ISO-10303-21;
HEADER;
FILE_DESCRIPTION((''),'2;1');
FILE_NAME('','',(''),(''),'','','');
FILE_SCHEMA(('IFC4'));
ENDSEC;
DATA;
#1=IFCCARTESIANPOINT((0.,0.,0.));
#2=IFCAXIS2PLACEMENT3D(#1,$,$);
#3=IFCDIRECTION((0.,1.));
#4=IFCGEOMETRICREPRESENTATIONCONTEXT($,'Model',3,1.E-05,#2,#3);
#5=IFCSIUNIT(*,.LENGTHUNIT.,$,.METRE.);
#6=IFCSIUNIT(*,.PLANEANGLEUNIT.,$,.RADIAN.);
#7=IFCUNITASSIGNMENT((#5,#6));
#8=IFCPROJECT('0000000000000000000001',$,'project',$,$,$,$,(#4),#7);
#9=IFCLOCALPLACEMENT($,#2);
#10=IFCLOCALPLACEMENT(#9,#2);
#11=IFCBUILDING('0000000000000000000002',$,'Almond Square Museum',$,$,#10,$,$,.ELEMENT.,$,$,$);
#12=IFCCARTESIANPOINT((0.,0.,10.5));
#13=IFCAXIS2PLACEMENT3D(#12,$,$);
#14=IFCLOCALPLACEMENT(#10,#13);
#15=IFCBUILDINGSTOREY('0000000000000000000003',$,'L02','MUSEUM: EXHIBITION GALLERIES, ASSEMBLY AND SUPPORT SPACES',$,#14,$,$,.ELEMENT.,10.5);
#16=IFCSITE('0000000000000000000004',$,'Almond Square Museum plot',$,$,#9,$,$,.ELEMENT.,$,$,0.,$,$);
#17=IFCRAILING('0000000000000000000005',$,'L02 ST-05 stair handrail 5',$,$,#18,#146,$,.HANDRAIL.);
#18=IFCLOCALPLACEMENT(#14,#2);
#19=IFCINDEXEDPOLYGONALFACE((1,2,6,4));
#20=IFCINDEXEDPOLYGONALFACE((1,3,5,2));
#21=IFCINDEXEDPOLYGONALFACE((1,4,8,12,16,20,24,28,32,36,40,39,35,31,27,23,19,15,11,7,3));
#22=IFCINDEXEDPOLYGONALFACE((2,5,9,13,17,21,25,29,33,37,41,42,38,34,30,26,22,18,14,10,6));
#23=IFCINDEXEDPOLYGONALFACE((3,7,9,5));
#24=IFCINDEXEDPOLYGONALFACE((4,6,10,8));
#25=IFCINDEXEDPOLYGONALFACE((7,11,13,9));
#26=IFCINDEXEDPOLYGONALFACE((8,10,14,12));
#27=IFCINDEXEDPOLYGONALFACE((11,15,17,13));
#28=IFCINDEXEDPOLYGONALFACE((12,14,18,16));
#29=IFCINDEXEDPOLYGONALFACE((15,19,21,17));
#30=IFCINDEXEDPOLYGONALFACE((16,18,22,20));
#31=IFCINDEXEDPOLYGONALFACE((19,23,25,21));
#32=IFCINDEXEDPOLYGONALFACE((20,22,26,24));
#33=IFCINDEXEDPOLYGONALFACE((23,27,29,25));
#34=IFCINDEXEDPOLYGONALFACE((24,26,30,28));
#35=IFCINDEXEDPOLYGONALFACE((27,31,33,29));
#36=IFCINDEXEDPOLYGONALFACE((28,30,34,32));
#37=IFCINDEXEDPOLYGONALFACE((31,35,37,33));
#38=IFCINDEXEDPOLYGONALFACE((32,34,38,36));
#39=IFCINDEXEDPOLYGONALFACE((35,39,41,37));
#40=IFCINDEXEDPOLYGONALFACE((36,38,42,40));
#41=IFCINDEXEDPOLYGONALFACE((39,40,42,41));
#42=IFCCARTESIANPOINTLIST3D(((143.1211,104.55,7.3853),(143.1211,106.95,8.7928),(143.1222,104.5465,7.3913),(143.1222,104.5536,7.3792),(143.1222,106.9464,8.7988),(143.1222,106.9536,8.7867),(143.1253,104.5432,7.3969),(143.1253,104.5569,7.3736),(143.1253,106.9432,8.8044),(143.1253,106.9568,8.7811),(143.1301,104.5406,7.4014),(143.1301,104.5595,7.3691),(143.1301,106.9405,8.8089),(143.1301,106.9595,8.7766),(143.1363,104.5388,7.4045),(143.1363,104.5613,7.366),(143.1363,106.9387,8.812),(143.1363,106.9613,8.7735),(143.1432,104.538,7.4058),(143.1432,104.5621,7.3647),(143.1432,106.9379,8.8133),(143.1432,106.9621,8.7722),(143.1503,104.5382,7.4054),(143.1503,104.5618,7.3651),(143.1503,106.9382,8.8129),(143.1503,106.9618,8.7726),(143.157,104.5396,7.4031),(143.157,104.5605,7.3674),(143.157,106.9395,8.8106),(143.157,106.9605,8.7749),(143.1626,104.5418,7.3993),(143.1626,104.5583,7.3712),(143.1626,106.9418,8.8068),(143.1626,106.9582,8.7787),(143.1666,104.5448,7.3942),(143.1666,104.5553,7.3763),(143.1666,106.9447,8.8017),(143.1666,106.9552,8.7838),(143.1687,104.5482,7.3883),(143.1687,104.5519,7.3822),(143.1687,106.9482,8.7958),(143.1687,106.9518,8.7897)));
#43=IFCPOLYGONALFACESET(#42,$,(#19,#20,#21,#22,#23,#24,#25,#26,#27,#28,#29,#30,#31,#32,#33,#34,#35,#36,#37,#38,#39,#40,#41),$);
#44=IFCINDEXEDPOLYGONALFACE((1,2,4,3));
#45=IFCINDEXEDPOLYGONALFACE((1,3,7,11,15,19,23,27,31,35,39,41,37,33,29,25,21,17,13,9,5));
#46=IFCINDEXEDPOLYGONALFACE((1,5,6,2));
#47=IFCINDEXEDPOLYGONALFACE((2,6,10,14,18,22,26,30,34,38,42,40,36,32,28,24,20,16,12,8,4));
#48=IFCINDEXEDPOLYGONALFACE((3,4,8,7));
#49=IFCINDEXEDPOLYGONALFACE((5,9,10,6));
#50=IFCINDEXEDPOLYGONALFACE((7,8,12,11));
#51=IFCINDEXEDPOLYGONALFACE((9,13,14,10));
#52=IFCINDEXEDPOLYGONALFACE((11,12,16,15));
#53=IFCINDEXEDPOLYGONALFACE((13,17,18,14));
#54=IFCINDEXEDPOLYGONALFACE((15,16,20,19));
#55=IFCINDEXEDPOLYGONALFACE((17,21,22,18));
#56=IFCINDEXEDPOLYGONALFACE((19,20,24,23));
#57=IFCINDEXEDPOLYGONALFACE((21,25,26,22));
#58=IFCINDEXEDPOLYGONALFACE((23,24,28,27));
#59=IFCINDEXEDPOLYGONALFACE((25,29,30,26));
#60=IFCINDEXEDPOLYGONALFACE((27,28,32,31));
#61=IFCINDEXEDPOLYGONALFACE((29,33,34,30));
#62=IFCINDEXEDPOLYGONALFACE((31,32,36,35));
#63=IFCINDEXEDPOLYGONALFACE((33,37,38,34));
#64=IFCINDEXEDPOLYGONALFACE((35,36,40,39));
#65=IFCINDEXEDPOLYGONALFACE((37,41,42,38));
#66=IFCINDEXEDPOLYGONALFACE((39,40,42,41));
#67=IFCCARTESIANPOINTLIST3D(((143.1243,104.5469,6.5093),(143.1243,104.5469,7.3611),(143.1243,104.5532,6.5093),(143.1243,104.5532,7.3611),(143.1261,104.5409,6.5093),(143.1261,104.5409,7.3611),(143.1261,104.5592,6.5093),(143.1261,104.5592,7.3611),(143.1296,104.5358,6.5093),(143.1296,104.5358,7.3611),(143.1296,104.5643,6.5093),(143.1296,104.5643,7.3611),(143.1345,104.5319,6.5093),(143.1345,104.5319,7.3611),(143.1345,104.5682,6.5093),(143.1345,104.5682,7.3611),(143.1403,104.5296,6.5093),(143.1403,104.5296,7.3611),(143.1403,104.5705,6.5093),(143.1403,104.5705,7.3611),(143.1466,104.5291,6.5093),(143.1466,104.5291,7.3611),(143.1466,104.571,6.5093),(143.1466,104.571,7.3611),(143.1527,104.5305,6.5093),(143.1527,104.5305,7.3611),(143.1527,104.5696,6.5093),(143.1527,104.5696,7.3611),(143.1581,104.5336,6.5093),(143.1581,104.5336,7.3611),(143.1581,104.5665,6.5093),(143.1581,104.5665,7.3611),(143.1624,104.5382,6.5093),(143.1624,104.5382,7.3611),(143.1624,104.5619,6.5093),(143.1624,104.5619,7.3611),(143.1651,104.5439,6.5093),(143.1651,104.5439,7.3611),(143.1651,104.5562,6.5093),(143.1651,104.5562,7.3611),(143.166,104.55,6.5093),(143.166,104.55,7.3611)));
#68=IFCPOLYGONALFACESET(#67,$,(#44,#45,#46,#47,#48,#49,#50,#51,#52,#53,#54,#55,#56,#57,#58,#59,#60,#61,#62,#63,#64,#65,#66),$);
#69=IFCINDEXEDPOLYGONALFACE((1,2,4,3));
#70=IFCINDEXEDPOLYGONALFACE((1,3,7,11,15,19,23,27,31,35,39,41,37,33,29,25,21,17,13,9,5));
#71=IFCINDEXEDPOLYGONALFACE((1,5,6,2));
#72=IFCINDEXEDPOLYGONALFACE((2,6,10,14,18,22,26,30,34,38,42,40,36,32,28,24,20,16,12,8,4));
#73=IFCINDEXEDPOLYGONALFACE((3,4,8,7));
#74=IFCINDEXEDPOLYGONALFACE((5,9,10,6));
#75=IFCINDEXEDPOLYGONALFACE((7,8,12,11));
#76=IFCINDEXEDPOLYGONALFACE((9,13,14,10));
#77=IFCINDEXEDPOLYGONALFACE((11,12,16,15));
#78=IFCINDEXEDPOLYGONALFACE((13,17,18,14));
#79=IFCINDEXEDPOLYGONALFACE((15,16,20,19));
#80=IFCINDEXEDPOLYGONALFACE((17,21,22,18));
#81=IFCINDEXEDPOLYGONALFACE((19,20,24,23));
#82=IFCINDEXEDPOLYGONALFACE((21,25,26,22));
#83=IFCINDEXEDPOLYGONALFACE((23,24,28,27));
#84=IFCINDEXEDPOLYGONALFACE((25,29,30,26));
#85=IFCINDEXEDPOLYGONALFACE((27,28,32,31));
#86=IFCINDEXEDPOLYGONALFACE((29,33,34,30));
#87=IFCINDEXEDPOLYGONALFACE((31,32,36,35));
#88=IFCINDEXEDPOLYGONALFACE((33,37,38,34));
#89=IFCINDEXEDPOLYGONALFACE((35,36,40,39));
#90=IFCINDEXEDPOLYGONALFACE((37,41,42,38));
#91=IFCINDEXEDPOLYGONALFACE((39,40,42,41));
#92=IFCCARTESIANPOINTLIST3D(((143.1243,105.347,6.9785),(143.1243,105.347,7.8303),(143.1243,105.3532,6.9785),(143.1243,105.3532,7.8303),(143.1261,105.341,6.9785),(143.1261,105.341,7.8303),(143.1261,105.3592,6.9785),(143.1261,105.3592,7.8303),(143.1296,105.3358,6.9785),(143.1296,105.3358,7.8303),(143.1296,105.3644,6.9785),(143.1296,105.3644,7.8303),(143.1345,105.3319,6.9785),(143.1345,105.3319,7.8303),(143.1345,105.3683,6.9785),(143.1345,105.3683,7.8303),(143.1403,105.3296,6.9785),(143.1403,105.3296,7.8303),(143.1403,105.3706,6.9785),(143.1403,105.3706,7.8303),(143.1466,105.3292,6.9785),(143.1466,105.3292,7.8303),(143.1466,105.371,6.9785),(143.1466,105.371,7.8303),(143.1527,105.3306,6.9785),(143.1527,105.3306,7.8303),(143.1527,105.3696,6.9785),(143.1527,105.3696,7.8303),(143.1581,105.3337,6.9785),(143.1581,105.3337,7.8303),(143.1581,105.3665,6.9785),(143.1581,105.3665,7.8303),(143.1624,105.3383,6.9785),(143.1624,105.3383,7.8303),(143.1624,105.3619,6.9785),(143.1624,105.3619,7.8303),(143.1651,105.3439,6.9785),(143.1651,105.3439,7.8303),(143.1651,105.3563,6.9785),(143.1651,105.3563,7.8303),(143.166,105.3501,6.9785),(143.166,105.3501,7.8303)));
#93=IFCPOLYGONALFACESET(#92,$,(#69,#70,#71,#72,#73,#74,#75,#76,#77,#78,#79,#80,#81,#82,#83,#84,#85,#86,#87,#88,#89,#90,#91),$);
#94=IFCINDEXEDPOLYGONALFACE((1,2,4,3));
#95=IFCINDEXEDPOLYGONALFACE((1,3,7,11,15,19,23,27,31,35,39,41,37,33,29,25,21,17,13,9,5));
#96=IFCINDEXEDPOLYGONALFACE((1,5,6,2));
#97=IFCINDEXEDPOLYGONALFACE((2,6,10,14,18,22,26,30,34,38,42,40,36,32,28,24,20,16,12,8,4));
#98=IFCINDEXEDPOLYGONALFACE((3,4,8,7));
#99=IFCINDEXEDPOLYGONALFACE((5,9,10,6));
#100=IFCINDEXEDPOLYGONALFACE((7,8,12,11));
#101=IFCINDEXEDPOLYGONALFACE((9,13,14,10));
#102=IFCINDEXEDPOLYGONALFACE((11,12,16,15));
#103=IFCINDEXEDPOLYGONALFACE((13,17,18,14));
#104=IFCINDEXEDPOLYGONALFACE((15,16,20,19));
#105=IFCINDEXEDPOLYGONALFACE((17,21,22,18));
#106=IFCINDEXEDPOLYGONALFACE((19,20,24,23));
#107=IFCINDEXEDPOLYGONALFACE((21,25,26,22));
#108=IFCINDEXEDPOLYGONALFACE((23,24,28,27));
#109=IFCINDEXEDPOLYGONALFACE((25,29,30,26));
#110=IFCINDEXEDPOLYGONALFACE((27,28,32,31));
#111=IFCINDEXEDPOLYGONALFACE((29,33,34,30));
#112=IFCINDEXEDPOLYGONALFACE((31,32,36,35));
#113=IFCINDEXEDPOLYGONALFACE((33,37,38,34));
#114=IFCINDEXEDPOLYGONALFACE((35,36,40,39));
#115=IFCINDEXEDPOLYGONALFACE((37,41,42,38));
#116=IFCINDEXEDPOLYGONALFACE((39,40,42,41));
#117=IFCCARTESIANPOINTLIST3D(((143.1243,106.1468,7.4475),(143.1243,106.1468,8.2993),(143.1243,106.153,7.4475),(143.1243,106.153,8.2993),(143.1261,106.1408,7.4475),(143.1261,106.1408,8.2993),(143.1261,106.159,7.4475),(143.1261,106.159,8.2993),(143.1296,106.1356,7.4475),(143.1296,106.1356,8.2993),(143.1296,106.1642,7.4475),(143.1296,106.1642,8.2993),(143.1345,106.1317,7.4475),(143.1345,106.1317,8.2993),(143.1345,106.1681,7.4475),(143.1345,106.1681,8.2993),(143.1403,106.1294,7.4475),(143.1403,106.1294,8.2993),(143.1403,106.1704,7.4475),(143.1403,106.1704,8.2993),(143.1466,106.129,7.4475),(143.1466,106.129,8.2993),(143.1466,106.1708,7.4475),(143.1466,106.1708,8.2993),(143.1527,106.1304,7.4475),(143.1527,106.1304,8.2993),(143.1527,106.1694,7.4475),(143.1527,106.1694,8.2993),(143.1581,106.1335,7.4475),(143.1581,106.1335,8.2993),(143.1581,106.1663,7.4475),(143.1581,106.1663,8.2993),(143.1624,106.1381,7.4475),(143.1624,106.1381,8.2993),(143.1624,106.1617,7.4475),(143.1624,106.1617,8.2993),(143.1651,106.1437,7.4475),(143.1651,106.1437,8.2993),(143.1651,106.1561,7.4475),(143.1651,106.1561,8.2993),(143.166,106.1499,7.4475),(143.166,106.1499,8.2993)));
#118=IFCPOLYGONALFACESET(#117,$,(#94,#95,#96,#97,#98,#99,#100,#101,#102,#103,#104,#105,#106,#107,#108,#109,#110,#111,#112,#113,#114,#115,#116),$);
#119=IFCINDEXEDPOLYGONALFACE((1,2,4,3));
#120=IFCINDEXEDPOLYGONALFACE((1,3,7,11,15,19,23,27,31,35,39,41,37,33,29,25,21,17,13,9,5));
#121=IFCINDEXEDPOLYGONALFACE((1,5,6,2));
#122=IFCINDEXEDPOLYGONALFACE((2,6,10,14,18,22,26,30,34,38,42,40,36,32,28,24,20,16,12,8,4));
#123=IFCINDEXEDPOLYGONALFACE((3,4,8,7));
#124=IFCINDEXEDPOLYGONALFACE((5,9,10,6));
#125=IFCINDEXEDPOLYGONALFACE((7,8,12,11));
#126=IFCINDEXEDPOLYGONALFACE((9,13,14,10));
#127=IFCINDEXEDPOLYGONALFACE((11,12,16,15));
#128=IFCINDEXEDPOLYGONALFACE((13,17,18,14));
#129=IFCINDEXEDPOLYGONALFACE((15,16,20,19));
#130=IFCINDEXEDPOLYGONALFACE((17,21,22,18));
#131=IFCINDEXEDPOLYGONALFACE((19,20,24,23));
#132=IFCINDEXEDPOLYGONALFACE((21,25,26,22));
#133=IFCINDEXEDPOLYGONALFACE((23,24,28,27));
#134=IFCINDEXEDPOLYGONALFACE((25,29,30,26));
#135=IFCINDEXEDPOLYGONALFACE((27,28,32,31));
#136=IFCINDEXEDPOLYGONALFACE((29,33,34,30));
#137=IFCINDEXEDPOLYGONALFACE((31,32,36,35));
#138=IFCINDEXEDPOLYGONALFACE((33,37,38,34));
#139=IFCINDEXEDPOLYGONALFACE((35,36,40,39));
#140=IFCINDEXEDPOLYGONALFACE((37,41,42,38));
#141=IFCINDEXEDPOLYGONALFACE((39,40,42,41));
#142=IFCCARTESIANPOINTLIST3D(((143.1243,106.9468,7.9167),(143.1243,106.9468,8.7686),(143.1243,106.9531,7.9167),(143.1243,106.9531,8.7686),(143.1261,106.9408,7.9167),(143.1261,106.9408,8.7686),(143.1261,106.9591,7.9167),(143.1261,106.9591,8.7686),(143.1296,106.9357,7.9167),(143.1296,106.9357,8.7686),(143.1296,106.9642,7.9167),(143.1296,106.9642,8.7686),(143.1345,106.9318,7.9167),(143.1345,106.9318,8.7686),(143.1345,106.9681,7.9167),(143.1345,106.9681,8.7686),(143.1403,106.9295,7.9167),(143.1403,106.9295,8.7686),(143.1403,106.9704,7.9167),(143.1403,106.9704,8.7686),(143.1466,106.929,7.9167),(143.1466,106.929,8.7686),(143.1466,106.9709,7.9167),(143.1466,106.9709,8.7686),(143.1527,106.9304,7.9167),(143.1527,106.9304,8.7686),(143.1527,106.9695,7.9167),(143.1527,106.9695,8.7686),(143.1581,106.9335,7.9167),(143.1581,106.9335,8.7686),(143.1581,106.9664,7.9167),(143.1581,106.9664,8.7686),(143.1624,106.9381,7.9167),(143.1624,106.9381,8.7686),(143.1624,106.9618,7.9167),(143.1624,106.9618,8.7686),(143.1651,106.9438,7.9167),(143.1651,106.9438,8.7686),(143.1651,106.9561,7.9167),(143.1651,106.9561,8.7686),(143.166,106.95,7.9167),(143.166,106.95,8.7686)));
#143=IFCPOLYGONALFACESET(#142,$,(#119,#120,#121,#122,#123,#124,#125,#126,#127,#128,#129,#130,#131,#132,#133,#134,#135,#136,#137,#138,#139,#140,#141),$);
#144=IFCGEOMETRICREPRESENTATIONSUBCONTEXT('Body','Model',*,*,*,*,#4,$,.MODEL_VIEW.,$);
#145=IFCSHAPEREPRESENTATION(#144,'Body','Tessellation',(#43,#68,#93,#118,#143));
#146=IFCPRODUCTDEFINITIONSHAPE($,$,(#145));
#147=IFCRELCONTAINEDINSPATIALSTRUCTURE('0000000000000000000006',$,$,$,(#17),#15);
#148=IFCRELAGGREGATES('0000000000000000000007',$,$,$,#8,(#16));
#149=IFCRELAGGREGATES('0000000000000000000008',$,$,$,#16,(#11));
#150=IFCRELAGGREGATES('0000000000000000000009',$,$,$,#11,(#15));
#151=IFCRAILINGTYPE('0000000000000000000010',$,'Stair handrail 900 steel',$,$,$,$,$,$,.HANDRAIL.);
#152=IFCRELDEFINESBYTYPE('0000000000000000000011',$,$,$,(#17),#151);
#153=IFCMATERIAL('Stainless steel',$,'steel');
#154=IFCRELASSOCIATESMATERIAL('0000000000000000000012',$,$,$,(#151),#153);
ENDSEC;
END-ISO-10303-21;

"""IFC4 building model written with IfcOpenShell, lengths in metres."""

from ifc_helpers import new_model, si_unit, direction, frame, origin, origin_2d, place, context, subcontext, project, spatial, circle, extrude, material, type_object, element, save


model = new_model("IFC4")

# Units and contexts
model_context = context("Model", 3, precision=1e-05, world=origin(), true_north=direction((0.0, 1.0)))
body_context = subcontext(model_context, "Body", "Model", "MODEL_VIEW")
ifc_project = project(units=[si_unit("LENGTHUNIT", "METRE"), si_unit("PLANEANGLEUNIT", "RADIAN")], contexts=[model_context])

# Site, building, storey
site_placement = place(None, origin())
site = spatial("IfcSite", under=ifc_project, at=site_placement, Name="Almond Square Museum plot", CompositionType="ELEMENT", RefElevation=0.0)
building_placement = place(site_placement, origin())
building = spatial("IfcBuilding", under=site, at=building_placement, Name="Almond Square Museum", CompositionType="ELEMENT")
storey_placement = place(building_placement, frame((0.0, 0.0, 10.5)))
storey = spatial("IfcBuildingStorey", under=building, at=storey_placement, Name="L02", Description="MUSEUM: EXHIBITION GALLERIES, ASSEMBLY AND SUPPORT SPACES", CompositionType="ELEMENT", Elevation=10.5)

# Railing
ifc_material_1 = material(Name="Stainless steel", Category="steel")
railing_type_1 = type_object("IfcRailingType", Name="Stair handrail 900 steel", PredefinedType="HANDRAIL", material=ifc_material_1)
railing_1_placement = place(storey_placement, frame((143.145, 104.55, 6.5093)))
element("IfcRailing", 1, at=railing_1_placement, inside=storey, type_object=railing_type_1, Name="L02 ST-05 stair handrail 5", PredefinedType="HANDRAIL", context=body_context, shape_type="SweptSolid", body=[
    extrude(circle(Radius=0.0239, at=origin_2d()), frame((0.0, 0.0, 0.876), z_axis=(0.0, 0.862599, 0.505888), x_axis=(-1.0, 0.0, 0.0)), (0.0, 0.0, 1.0), 2.7822),
    extrude(circle(Radius=0.021, at=origin_2d()), origin(), (0.0, 0.0, 1.0), 0.8518),
    extrude(circle(Radius=0.021, at=origin_2d()), frame((0.0, 0.8, 0.4692)), (0.0, 0.0, 1.0), 0.8518),
    extrude(circle(Radius=0.021, at=origin_2d()), frame((0.0, 1.5999, 0.9382)), (0.0, 0.0, 1.0), 0.8518),
    extrude(circle(Radius=0.021, at=origin_2d()), frame((0.0, 2.3999, 1.4075)), (0.0, 0.0, 1.0), 0.8518),
])

save(model, "model.ifc")
